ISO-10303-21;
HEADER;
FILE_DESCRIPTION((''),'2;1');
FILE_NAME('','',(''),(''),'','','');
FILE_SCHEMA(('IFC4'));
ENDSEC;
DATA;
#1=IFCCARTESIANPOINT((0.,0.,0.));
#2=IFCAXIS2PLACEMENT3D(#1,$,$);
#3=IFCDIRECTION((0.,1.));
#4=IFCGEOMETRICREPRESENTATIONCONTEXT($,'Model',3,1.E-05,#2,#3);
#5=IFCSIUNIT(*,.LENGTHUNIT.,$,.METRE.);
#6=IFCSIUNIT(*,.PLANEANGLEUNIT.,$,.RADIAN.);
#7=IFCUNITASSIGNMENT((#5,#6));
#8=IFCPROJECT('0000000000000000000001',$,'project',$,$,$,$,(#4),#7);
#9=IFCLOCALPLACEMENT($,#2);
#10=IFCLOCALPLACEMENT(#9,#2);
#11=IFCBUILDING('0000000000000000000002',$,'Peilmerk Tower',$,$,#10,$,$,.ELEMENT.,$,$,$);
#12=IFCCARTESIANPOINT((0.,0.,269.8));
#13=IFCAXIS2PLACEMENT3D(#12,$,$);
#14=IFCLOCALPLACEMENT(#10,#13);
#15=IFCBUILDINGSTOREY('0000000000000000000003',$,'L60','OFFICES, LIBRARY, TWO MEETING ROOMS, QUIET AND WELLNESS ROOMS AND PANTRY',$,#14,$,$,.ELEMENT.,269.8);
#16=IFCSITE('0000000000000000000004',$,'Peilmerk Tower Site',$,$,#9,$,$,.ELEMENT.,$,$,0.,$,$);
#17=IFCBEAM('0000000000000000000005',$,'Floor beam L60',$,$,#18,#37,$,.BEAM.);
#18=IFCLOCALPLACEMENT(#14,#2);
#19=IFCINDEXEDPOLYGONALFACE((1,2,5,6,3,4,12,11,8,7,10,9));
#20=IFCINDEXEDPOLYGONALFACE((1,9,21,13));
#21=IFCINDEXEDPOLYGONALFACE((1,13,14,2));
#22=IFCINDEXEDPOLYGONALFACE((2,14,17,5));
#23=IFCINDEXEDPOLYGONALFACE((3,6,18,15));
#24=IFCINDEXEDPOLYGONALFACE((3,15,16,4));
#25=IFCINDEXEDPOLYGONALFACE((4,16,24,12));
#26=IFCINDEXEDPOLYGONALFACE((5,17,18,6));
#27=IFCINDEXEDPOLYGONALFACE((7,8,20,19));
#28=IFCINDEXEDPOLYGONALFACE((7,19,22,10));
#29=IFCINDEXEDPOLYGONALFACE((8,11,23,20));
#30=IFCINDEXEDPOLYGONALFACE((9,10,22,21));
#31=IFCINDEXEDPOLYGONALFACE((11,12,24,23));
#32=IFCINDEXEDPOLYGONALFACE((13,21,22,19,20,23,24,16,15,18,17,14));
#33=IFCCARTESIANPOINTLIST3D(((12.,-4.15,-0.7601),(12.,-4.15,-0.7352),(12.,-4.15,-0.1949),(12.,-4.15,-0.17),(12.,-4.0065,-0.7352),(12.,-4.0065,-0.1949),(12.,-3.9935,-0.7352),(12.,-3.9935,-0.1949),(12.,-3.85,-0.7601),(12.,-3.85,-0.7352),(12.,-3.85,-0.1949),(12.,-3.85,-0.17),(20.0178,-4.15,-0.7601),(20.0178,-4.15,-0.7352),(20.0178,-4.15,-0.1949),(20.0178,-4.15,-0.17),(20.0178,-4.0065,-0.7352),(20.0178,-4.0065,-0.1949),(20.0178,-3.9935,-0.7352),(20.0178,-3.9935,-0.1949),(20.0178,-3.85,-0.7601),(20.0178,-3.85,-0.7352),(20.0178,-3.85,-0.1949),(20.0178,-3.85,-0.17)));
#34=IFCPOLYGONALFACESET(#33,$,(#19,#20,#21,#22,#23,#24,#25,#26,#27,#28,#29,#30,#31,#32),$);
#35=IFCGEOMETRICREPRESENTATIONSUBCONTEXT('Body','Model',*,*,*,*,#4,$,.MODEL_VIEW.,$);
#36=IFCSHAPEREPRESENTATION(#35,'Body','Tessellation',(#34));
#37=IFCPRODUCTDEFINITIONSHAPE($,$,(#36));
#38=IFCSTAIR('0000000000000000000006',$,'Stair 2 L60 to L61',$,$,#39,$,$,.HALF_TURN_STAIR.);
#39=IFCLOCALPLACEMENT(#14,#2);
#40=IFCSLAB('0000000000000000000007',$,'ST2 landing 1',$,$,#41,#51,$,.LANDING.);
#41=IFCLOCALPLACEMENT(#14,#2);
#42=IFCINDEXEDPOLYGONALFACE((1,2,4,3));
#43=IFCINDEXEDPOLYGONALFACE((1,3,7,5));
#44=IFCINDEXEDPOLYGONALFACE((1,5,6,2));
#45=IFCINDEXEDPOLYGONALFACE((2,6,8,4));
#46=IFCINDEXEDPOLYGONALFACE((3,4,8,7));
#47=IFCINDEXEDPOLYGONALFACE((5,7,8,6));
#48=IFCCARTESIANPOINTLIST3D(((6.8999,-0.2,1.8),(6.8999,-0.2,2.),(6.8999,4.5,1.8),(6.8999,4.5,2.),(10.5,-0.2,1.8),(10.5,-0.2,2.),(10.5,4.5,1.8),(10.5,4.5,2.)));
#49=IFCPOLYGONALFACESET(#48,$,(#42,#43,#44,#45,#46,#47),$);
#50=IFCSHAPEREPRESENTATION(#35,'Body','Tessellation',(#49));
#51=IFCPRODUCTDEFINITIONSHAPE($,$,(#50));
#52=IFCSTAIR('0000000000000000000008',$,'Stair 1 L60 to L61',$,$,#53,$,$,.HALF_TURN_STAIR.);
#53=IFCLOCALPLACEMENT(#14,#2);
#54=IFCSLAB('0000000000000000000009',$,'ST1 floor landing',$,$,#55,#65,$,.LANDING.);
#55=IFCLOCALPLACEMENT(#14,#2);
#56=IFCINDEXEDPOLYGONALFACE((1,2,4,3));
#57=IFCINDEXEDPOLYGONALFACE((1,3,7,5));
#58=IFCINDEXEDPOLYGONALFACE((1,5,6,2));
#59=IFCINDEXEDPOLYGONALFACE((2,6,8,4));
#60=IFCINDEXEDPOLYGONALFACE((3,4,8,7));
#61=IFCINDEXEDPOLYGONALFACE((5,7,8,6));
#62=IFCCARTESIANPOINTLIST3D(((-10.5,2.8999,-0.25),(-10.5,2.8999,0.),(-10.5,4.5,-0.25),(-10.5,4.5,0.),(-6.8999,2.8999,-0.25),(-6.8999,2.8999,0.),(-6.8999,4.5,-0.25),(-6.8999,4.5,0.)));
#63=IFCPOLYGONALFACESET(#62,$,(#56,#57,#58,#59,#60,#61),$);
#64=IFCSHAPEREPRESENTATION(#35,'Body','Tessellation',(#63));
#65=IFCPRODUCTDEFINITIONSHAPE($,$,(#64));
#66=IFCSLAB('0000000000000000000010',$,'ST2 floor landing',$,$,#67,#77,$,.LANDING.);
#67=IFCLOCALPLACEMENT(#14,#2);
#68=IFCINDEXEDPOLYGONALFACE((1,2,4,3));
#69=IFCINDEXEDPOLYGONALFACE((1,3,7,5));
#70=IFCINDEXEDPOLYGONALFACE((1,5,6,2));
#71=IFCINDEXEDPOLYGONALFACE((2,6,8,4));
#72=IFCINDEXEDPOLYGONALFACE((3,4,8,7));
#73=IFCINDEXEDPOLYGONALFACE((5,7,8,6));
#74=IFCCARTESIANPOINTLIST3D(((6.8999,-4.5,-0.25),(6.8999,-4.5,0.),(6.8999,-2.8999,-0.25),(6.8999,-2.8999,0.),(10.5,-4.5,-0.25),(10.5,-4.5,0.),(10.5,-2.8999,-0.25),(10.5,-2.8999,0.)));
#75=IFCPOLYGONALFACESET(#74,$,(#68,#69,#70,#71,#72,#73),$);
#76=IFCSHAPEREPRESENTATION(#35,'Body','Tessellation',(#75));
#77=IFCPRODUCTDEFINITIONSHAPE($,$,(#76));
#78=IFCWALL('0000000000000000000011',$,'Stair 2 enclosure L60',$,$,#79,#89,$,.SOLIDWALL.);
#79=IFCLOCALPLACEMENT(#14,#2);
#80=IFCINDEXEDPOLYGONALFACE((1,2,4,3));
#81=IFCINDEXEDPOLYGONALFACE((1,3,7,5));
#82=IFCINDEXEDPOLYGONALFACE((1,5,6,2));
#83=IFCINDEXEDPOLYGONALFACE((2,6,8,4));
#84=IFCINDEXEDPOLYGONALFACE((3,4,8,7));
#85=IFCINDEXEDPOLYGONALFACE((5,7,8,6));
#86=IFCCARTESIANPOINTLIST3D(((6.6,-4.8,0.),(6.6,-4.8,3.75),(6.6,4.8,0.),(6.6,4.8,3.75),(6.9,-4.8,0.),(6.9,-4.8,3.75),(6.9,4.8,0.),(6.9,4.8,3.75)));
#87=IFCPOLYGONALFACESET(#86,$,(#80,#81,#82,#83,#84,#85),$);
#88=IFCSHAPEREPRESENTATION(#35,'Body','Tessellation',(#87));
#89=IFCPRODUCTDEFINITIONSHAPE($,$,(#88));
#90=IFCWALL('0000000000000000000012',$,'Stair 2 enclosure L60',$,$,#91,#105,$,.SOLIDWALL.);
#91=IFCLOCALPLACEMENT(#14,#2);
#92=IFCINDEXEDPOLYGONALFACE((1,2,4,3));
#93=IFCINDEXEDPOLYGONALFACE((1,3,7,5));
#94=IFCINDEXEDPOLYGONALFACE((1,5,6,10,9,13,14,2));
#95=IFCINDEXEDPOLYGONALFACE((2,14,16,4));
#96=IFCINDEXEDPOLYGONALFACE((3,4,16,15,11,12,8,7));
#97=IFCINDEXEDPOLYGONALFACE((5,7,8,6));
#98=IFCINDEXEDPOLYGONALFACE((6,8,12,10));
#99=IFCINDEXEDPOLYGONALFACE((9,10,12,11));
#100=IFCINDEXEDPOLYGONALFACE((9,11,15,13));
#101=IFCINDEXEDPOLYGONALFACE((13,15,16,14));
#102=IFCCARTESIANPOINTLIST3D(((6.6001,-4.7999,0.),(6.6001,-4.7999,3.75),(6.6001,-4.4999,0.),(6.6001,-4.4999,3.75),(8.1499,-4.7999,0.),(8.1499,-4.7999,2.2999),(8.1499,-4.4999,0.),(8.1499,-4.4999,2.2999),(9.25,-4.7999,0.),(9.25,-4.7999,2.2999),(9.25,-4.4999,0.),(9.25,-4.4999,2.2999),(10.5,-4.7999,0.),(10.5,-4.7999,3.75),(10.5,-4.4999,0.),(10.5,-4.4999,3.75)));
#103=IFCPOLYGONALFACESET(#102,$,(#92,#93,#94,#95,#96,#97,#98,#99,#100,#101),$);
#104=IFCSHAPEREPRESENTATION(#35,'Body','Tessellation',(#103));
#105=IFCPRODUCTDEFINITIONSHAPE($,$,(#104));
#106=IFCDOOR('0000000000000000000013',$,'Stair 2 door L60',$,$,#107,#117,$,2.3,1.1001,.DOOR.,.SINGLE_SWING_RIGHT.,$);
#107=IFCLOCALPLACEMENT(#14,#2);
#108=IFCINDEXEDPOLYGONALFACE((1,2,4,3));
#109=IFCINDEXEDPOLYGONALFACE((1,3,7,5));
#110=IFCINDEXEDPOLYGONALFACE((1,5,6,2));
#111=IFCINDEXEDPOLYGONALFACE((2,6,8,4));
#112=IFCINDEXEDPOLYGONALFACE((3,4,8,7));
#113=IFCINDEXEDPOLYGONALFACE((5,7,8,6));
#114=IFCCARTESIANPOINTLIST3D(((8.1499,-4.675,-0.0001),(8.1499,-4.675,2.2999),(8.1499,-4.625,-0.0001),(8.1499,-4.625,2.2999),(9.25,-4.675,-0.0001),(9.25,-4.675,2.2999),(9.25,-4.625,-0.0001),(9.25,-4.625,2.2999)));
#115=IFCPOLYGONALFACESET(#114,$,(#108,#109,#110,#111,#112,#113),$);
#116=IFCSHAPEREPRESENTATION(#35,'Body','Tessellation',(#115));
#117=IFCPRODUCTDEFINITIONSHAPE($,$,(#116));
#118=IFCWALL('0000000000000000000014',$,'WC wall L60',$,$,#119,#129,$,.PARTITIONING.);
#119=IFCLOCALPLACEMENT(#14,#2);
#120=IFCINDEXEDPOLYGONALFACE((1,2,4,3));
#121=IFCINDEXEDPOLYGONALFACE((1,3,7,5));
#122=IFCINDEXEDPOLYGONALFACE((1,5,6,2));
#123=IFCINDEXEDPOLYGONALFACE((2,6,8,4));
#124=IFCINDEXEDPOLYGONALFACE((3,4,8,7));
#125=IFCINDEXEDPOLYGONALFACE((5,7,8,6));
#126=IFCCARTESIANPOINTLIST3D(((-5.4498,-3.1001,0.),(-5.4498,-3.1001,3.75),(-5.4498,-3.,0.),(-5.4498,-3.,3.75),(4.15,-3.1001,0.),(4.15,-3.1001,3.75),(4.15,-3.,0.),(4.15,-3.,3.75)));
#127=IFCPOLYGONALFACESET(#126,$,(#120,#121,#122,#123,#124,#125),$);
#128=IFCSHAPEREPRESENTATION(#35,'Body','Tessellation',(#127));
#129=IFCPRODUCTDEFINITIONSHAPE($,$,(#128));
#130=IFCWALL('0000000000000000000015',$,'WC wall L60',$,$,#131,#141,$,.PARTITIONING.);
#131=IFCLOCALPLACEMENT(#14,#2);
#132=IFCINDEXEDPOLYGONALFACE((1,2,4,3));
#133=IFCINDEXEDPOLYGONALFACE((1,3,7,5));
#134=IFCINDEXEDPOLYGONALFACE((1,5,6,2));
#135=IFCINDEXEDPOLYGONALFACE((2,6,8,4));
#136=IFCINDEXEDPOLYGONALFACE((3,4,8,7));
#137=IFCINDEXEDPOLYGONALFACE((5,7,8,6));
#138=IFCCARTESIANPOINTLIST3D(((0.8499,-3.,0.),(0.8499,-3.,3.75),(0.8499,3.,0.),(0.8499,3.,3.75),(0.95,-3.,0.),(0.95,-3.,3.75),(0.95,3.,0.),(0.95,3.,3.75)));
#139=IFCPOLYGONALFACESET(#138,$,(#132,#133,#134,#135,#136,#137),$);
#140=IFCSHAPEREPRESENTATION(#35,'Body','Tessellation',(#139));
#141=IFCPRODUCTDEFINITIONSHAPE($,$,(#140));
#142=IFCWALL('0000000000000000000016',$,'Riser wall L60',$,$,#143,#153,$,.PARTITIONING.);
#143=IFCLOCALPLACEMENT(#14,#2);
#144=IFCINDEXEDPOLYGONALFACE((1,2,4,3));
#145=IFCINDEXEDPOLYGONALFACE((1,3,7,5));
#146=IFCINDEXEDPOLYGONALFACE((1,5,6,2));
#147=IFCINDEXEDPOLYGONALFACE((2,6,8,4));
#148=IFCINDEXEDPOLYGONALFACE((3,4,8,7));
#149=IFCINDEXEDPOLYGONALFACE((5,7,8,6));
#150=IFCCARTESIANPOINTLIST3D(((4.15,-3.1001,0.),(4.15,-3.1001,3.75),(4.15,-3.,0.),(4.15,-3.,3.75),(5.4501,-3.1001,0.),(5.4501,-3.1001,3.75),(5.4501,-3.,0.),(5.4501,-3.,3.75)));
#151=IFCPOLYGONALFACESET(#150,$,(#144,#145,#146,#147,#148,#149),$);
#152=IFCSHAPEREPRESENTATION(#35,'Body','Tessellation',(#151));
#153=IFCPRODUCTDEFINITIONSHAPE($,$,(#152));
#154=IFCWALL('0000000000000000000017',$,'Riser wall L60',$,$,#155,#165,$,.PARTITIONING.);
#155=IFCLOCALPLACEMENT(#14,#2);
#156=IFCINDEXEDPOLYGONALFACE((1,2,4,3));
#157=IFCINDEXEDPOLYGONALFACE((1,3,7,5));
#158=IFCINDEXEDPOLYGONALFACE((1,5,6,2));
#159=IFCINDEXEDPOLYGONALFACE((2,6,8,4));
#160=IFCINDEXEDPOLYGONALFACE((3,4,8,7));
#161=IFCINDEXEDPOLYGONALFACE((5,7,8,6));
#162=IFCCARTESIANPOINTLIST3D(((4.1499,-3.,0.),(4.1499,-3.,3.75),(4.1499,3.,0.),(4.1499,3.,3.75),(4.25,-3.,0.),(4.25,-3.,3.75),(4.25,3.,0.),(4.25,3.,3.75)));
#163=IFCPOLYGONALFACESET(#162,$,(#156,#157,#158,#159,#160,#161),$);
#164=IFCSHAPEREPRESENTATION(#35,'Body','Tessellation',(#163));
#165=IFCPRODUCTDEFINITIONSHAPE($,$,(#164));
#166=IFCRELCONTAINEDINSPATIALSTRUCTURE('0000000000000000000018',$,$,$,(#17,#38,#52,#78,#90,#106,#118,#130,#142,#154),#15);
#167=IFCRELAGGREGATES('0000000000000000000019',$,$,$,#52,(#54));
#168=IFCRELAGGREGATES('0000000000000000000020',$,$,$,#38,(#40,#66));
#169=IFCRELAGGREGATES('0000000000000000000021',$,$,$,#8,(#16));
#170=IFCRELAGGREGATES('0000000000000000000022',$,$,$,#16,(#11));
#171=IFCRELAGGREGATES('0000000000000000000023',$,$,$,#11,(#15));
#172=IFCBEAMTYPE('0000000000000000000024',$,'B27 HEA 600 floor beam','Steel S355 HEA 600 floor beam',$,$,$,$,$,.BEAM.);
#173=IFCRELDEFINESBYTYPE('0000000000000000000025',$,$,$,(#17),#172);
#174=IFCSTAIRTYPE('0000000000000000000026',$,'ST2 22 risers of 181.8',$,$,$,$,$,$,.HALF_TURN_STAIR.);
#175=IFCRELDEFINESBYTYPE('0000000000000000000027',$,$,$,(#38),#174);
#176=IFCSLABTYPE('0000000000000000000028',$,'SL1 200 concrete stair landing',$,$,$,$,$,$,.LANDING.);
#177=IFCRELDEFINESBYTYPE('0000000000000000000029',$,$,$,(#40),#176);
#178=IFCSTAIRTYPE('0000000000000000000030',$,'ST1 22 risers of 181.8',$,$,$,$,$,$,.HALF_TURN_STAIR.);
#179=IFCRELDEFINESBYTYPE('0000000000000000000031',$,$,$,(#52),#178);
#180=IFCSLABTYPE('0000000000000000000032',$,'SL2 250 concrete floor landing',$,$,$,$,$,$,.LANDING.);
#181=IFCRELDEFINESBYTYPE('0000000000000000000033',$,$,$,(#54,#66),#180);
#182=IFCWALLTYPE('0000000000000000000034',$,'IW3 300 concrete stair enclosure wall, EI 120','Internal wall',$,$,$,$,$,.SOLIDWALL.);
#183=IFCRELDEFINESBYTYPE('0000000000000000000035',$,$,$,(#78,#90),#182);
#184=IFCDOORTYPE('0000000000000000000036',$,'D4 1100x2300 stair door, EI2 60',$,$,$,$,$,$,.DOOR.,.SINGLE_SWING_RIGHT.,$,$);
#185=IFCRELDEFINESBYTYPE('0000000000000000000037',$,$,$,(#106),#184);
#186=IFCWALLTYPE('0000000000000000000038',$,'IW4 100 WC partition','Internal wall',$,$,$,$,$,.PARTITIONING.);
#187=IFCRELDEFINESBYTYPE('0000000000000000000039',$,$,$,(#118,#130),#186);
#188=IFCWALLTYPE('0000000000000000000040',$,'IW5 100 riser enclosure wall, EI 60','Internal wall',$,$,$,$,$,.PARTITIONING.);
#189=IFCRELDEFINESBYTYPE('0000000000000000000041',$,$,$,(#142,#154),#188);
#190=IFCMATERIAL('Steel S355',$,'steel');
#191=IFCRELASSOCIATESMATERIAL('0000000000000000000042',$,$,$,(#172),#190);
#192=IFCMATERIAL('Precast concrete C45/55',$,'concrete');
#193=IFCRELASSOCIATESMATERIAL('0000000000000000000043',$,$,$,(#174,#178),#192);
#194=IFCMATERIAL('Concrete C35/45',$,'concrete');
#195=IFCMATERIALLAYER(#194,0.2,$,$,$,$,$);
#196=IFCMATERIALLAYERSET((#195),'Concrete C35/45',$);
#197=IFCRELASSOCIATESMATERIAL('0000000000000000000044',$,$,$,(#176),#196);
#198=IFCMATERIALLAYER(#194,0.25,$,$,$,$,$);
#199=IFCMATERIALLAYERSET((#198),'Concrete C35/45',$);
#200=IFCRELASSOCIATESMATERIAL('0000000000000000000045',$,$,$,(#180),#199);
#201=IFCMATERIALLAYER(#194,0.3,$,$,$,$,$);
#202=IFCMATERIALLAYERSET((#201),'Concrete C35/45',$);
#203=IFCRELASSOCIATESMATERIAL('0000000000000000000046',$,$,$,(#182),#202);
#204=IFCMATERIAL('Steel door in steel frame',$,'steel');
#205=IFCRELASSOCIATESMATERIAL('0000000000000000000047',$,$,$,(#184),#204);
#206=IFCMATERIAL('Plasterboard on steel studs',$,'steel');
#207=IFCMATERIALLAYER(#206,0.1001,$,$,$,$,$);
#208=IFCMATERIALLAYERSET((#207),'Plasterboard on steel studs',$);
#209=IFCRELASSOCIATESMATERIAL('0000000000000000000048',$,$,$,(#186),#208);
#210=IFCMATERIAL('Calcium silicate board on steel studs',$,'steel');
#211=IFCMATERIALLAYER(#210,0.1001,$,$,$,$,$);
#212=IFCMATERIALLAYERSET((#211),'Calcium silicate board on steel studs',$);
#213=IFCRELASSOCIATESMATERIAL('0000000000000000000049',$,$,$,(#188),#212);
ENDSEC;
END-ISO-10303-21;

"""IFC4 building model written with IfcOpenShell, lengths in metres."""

from ifc_helpers import new_model, si_unit, direction, frame, frame_2d, origin, origin_2d, place, context, subcontext, project, spatial, polyline, rectangle, i_section, outline, extrude, material, layer, layer_set, material_profile, profile_set, type_object, element, fill, aggregate, save


model = new_model("IFC4")

# Units and contexts
model_context = context("Model", 3, precision=1e-05, world=origin(), true_north=direction((0.0, 1.0)))
body_context = subcontext(model_context, "Body", "Model", "MODEL_VIEW")
ifc_project = project(units=[si_unit("LENGTHUNIT", "METRE"), si_unit("PLANEANGLEUNIT", "RADIAN")], contexts=[model_context])

# Site, building, storey
site_placement = place(None, origin())
site = spatial("IfcSite", under=ifc_project, at=site_placement, Name="Peilmerk Tower Site", CompositionType="ELEMENT", RefElevation=0.0)
building_placement = place(site_placement, origin())
building = spatial("IfcBuilding", under=site, at=building_placement, Name="Peilmerk Tower", CompositionType="ELEMENT")
storey_placement = place(building_placement, frame((0.0, 0.0, 269.8)))
storey = spatial("IfcBuildingStorey", under=building, at=storey_placement, Name="L60", Description="OFFICES, LIBRARY, TWO MEETING ROOMS, QUIET AND WELLNESS ROOMS AND PANTRY", CompositionType="ELEMENT", Elevation=269.8)

# Beam
ifc_material_1 = material(Name="Steel S355", Category="steel")
ifc_material_profile = material_profile(ifc_material_1, i_section(OverallWidth=0.3, OverallDepth=0.5901, WebThickness=0.0129, FlangeThickness=0.0249, at=origin_2d()), Name="HEA 600")
ifc_profile_set = profile_set([ifc_material_profile], Name="Steel S355")
beam_type = type_object("IfcBeamType", Name="B27 HEA 600 floor beam", Description="Steel S355 HEA 600 floor beam", PredefinedType="BEAM", material=ifc_profile_set)
beam_placement = place(storey_placement, frame((12.0, -4.0, -0.4651), z_axis=(1.0, 0.0, 0.0), x_axis=(0.0, 1.0, 0.0)))
element("IfcBeam", 1, at=beam_placement, inside=storey, type_object=beam_type, Name="Floor beam L60", PredefinedType="BEAM", context=body_context, shape_type="SweptSolid", body=[
    extrude(i_section(OverallWidth=0.3, OverallDepth=0.5901, WebThickness=0.0129, FlangeThickness=0.0249, at=origin_2d()), origin(), (0.0, 0.0, 1.0), 8.0178),
])

# Stairs, slabs
ifc_material_2 = material(Name="Precast concrete C45/55", Category="concrete")
stair_type_1 = type_object("IfcStairType", Name="ST2 22 risers of 181.8", PredefinedType="HALF_TURN_STAIR", material=ifc_material_2)
stair_1_placement = place(storey_placement, origin())
stair_1 = element("IfcStair", 2, at=stair_1_placement, inside=storey, type_object=stair_type_1, Name="Stair 2 L60 to L61", PredefinedType="HALF_TURN_STAIR")
ifc_material_3 = material(Name="Concrete C35/45", Category="concrete")
ifc_layer_1 = layer(ifc_material_3, 0.2)
ifc_layer_set_1 = layer_set([ifc_layer_1], Name="Concrete C35/45")
slab_type_1 = type_object("IfcSlabType", Name="SL1 200 concrete stair landing", PredefinedType="LANDING", material=ifc_layer_set_1)
slab_1_placement = place(storey_placement, frame((0.0, 0.0, 1.8)))
slab_1 = element("IfcSlab", 3, at=slab_1_placement, type_object=slab_type_1, Name="ST2 landing 1", PredefinedType="LANDING", context=body_context, shape_type="SweptSolid", body=[
    extrude(outline(polyline([(6.8999, -0.2), (10.5, -0.2), (10.5, 4.5), (6.8999, 4.5), (6.8999, -0.2)])), origin(), (0.0, 0.0, 1.0), 0.2),
])
stair_type_2 = type_object("IfcStairType", Name="ST1 22 risers of 181.8", PredefinedType="HALF_TURN_STAIR", material=ifc_material_2)
stair_2_placement = place(storey_placement, origin())
stair_2 = element("IfcStair", 4, at=stair_2_placement, inside=storey, type_object=stair_type_2, Name="Stair 1 L60 to L61", PredefinedType="HALF_TURN_STAIR")
ifc_layer_2 = layer(ifc_material_3, 0.25)
ifc_layer_set_2 = layer_set([ifc_layer_2], Name="Concrete C35/45")
slab_type_2 = type_object("IfcSlabType", Name="SL2 250 concrete floor landing", PredefinedType="LANDING", material=ifc_layer_set_2)
slab_2_placement = place(storey_placement, frame((0.0, 0.0, -0.25)))
slab_2 = element("IfcSlab", 5, at=slab_2_placement, type_object=slab_type_2, Name="ST1 floor landing", PredefinedType="LANDING", context=body_context, shape_type="SweptSolid", body=[
    extrude(outline(polyline([(-10.5, 2.8999), (-6.8999, 2.8999), (-6.8999, 4.5), (-10.5, 4.5), (-10.5, 2.8999)])), origin(), (0.0, 0.0, 1.0), 0.25),
])
aggregate(stair_2, [slab_2])

# Slab
slab_3_placement = place(storey_placement, frame((0.0, 0.0, -0.25)))
slab_3 = element("IfcSlab", 6, at=slab_3_placement, type_object=slab_type_2, Name="ST2 floor landing", PredefinedType="LANDING", context=body_context, shape_type="SweptSolid", body=[
    extrude(outline(polyline([(6.8999, -4.5), (10.5, -4.5), (10.5, -2.8999), (6.8999, -2.8999), (6.8999, -4.5)])), origin(), (0.0, 0.0, 1.0), 0.25),
])

# Wall
ifc_layer_3 = layer(ifc_material_3, 0.3)
ifc_layer_set_3 = layer_set([ifc_layer_3], Name="Concrete C35/45")
wall_type_1 = type_object("IfcWallType", Name="IW3 300 concrete stair enclosure wall, EI 120", Description="Internal wall", PredefinedType="SOLIDWALL", material=ifc_layer_set_3)
wall_1_placement = place(storey_placement, frame((6.75, -4.8, 0.0), z_axis=(0.0, 0.0, 1.0), x_axis=(0.0, 1.0, 0.0)))
element("IfcWall", 7, at=wall_1_placement, inside=storey, type_object=wall_type_1, Name="Stair 2 enclosure L60", PredefinedType="SOLIDWALL", context=body_context, shape_type="SweptSolid", body=[
    extrude(rectangle(XDim=9.6001, YDim=0.3, at=frame_2d((4.8, 0.0))), origin(), (0.0, 0.0, 1.0), 3.75),
])

# Wall, opening, door
wall_2_placement = place(storey_placement, frame((10.5, -4.6499, 0.0), z_axis=(0.0, 0.0, 1.0), x_axis=(-1.0, 0.0, 0.0)))
wall_2 = element("IfcWall", 8, at=wall_2_placement, inside=storey, type_object=wall_type_1, Name="Stair 2 enclosure L60", PredefinedType="SOLIDWALL", context=body_context, shape_type="SweptSolid", body=[
    extrude(rectangle(XDim=3.8999, YDim=0.3, at=frame_2d((1.95, 0.0))), origin(), (0.0, 0.0, 1.0), 3.75),
])
opening_1_placement = place(wall_2_placement, frame((1.25, 0.0, 0.0)))
opening_1 = element("IfcOpeningElement", 9, at=opening_1_placement, cuts=wall_2, PredefinedType="OPENING", context=body_context, shape_type="SweptSolid", body=[
    extrude(rectangle(XDim=1.1001, YDim=2.3, at=frame_2d((0.55, 1.1499))), frame((0.0, 0.1599, 0.0), z_axis=(0.0, -1.0, 0.0), x_axis=(1.0, 0.0, 0.0)), (0.0, 0.0, 1.0), 0.3201),
])
ifc_material_4 = material(Name="Steel door in steel frame", Category="steel")
door_type_1 = type_object("IfcDoorType", Name="D4 1100x2300 stair door, EI2 60", OperationType="SINGLE_SWING_RIGHT", PredefinedType="DOOR", material=ifc_material_4)
door_1_placement = place(opening_1_placement, frame((1.1001, 0.0, 0.0), z_axis=(0.0, 0.0, 1.0), x_axis=(-1.0, 0.0, 0.0)))
door_1 = element("IfcDoor", 10, at=door_1_placement, inside=storey, type_object=door_type_1, Name="Stair 2 door L60", OperationType="SINGLE_SWING_RIGHT", OverallHeight=2.3, OverallWidth=1.1001, PredefinedType="DOOR", context=body_context, shape_type="SweptSolid", body=[
    extrude(rectangle(XDim=1.1001, YDim=2.3, at=frame_2d((0.55, 1.1499))), frame((0.0, 0.0249, 0.0), z_axis=(0.0, -1.0, 0.0), x_axis=(1.0, 0.0, 0.0)), (0.0, 0.0, 1.0), 0.05),
])
fill(opening_1, door_1)

# Walls
ifc_material_5 = material(Name="Plasterboard on steel studs", Category="steel")
ifc_layer_4 = layer(ifc_material_5, 0.1001)
ifc_layer_set_4 = layer_set([ifc_layer_4], Name="Plasterboard on steel studs")
wall_type_2 = type_object("IfcWallType", Name="IW4 100 WC partition", Description="Internal wall", PredefinedType="PARTITIONING", material=ifc_layer_set_4)
wall_3_placement = place(storey_placement, frame((4.1499, -3.05, 0.0), z_axis=(0.0, 0.0, 1.0), x_axis=(-1.0, 0.0, 0.0)))
element("IfcWall", 11, at=wall_3_placement, inside=storey, type_object=wall_type_2, Name="WC wall L60", PredefinedType="PARTITIONING", context=body_context, shape_type="SweptSolid", body=[
    extrude(rectangle(XDim=9.5999, YDim=0.1001, at=frame_2d((4.7998, 0.0))), origin(), (0.0, 0.0, 1.0), 3.75),
])
wall_4_placement = place(storey_placement, frame((0.8999, -3.0, 0.0), z_axis=(0.0, 0.0, 1.0), x_axis=(0.0, 1.0, 0.0)))
element("IfcWall", 12, at=wall_4_placement, inside=storey, type_object=wall_type_2, Name="WC wall L60", PredefinedType="PARTITIONING", context=body_context, shape_type="SweptSolid", body=[
    extrude(rectangle(XDim=6.0, YDim=0.1001, at=frame_2d((3.0, 0.0))), origin(), (0.0, 0.0, 1.0), 3.75),
])
ifc_material_6 = material(Name="Calcium silicate board on steel studs", Category="steel")
ifc_layer_5 = layer(ifc_material_6, 0.1001)
ifc_layer_set_5 = layer_set([ifc_layer_5], Name="Calcium silicate board on steel studs")
wall_type_3 = type_object("IfcWallType", Name="IW5 100 riser enclosure wall, EI 60", Description="Internal wall", PredefinedType="PARTITIONING", material=ifc_layer_set_5)
wall_5_placement = place(storey_placement, frame((5.45, -3.05, 0.0), z_axis=(0.0, 0.0, 1.0), x_axis=(-1.0, 0.0, 0.0)))
element("IfcWall", 13, at=wall_5_placement, inside=storey, type_object=wall_type_3, Name="Riser wall L60", PredefinedType="PARTITIONING", context=body_context, shape_type="SweptSolid", body=[
    extrude(rectangle(XDim=1.3, YDim=0.1001, at=frame_2d((0.6499, 0.0))), origin(), (0.0, 0.0, 1.0), 3.75),
])
wall_6_placement = place(storey_placement, frame((4.2, -3.0, 0.0), z_axis=(0.0, 0.0, 1.0), x_axis=(0.0, 1.0, 0.0)))
element("IfcWall", 14, at=wall_6_placement, inside=storey, type_object=wall_type_3, Name="Riser wall L60", PredefinedType="PARTITIONING", context=body_context, shape_type="SweptSolid", body=[
    extrude(rectangle(XDim=6.0, YDim=0.1001, at=frame_2d((3.0, 0.0))), origin(), (0.0, 0.0, 1.0), 3.75),
])

aggregate(stair_1, [slab_1, slab_3])

save(model, "model.ifc")
